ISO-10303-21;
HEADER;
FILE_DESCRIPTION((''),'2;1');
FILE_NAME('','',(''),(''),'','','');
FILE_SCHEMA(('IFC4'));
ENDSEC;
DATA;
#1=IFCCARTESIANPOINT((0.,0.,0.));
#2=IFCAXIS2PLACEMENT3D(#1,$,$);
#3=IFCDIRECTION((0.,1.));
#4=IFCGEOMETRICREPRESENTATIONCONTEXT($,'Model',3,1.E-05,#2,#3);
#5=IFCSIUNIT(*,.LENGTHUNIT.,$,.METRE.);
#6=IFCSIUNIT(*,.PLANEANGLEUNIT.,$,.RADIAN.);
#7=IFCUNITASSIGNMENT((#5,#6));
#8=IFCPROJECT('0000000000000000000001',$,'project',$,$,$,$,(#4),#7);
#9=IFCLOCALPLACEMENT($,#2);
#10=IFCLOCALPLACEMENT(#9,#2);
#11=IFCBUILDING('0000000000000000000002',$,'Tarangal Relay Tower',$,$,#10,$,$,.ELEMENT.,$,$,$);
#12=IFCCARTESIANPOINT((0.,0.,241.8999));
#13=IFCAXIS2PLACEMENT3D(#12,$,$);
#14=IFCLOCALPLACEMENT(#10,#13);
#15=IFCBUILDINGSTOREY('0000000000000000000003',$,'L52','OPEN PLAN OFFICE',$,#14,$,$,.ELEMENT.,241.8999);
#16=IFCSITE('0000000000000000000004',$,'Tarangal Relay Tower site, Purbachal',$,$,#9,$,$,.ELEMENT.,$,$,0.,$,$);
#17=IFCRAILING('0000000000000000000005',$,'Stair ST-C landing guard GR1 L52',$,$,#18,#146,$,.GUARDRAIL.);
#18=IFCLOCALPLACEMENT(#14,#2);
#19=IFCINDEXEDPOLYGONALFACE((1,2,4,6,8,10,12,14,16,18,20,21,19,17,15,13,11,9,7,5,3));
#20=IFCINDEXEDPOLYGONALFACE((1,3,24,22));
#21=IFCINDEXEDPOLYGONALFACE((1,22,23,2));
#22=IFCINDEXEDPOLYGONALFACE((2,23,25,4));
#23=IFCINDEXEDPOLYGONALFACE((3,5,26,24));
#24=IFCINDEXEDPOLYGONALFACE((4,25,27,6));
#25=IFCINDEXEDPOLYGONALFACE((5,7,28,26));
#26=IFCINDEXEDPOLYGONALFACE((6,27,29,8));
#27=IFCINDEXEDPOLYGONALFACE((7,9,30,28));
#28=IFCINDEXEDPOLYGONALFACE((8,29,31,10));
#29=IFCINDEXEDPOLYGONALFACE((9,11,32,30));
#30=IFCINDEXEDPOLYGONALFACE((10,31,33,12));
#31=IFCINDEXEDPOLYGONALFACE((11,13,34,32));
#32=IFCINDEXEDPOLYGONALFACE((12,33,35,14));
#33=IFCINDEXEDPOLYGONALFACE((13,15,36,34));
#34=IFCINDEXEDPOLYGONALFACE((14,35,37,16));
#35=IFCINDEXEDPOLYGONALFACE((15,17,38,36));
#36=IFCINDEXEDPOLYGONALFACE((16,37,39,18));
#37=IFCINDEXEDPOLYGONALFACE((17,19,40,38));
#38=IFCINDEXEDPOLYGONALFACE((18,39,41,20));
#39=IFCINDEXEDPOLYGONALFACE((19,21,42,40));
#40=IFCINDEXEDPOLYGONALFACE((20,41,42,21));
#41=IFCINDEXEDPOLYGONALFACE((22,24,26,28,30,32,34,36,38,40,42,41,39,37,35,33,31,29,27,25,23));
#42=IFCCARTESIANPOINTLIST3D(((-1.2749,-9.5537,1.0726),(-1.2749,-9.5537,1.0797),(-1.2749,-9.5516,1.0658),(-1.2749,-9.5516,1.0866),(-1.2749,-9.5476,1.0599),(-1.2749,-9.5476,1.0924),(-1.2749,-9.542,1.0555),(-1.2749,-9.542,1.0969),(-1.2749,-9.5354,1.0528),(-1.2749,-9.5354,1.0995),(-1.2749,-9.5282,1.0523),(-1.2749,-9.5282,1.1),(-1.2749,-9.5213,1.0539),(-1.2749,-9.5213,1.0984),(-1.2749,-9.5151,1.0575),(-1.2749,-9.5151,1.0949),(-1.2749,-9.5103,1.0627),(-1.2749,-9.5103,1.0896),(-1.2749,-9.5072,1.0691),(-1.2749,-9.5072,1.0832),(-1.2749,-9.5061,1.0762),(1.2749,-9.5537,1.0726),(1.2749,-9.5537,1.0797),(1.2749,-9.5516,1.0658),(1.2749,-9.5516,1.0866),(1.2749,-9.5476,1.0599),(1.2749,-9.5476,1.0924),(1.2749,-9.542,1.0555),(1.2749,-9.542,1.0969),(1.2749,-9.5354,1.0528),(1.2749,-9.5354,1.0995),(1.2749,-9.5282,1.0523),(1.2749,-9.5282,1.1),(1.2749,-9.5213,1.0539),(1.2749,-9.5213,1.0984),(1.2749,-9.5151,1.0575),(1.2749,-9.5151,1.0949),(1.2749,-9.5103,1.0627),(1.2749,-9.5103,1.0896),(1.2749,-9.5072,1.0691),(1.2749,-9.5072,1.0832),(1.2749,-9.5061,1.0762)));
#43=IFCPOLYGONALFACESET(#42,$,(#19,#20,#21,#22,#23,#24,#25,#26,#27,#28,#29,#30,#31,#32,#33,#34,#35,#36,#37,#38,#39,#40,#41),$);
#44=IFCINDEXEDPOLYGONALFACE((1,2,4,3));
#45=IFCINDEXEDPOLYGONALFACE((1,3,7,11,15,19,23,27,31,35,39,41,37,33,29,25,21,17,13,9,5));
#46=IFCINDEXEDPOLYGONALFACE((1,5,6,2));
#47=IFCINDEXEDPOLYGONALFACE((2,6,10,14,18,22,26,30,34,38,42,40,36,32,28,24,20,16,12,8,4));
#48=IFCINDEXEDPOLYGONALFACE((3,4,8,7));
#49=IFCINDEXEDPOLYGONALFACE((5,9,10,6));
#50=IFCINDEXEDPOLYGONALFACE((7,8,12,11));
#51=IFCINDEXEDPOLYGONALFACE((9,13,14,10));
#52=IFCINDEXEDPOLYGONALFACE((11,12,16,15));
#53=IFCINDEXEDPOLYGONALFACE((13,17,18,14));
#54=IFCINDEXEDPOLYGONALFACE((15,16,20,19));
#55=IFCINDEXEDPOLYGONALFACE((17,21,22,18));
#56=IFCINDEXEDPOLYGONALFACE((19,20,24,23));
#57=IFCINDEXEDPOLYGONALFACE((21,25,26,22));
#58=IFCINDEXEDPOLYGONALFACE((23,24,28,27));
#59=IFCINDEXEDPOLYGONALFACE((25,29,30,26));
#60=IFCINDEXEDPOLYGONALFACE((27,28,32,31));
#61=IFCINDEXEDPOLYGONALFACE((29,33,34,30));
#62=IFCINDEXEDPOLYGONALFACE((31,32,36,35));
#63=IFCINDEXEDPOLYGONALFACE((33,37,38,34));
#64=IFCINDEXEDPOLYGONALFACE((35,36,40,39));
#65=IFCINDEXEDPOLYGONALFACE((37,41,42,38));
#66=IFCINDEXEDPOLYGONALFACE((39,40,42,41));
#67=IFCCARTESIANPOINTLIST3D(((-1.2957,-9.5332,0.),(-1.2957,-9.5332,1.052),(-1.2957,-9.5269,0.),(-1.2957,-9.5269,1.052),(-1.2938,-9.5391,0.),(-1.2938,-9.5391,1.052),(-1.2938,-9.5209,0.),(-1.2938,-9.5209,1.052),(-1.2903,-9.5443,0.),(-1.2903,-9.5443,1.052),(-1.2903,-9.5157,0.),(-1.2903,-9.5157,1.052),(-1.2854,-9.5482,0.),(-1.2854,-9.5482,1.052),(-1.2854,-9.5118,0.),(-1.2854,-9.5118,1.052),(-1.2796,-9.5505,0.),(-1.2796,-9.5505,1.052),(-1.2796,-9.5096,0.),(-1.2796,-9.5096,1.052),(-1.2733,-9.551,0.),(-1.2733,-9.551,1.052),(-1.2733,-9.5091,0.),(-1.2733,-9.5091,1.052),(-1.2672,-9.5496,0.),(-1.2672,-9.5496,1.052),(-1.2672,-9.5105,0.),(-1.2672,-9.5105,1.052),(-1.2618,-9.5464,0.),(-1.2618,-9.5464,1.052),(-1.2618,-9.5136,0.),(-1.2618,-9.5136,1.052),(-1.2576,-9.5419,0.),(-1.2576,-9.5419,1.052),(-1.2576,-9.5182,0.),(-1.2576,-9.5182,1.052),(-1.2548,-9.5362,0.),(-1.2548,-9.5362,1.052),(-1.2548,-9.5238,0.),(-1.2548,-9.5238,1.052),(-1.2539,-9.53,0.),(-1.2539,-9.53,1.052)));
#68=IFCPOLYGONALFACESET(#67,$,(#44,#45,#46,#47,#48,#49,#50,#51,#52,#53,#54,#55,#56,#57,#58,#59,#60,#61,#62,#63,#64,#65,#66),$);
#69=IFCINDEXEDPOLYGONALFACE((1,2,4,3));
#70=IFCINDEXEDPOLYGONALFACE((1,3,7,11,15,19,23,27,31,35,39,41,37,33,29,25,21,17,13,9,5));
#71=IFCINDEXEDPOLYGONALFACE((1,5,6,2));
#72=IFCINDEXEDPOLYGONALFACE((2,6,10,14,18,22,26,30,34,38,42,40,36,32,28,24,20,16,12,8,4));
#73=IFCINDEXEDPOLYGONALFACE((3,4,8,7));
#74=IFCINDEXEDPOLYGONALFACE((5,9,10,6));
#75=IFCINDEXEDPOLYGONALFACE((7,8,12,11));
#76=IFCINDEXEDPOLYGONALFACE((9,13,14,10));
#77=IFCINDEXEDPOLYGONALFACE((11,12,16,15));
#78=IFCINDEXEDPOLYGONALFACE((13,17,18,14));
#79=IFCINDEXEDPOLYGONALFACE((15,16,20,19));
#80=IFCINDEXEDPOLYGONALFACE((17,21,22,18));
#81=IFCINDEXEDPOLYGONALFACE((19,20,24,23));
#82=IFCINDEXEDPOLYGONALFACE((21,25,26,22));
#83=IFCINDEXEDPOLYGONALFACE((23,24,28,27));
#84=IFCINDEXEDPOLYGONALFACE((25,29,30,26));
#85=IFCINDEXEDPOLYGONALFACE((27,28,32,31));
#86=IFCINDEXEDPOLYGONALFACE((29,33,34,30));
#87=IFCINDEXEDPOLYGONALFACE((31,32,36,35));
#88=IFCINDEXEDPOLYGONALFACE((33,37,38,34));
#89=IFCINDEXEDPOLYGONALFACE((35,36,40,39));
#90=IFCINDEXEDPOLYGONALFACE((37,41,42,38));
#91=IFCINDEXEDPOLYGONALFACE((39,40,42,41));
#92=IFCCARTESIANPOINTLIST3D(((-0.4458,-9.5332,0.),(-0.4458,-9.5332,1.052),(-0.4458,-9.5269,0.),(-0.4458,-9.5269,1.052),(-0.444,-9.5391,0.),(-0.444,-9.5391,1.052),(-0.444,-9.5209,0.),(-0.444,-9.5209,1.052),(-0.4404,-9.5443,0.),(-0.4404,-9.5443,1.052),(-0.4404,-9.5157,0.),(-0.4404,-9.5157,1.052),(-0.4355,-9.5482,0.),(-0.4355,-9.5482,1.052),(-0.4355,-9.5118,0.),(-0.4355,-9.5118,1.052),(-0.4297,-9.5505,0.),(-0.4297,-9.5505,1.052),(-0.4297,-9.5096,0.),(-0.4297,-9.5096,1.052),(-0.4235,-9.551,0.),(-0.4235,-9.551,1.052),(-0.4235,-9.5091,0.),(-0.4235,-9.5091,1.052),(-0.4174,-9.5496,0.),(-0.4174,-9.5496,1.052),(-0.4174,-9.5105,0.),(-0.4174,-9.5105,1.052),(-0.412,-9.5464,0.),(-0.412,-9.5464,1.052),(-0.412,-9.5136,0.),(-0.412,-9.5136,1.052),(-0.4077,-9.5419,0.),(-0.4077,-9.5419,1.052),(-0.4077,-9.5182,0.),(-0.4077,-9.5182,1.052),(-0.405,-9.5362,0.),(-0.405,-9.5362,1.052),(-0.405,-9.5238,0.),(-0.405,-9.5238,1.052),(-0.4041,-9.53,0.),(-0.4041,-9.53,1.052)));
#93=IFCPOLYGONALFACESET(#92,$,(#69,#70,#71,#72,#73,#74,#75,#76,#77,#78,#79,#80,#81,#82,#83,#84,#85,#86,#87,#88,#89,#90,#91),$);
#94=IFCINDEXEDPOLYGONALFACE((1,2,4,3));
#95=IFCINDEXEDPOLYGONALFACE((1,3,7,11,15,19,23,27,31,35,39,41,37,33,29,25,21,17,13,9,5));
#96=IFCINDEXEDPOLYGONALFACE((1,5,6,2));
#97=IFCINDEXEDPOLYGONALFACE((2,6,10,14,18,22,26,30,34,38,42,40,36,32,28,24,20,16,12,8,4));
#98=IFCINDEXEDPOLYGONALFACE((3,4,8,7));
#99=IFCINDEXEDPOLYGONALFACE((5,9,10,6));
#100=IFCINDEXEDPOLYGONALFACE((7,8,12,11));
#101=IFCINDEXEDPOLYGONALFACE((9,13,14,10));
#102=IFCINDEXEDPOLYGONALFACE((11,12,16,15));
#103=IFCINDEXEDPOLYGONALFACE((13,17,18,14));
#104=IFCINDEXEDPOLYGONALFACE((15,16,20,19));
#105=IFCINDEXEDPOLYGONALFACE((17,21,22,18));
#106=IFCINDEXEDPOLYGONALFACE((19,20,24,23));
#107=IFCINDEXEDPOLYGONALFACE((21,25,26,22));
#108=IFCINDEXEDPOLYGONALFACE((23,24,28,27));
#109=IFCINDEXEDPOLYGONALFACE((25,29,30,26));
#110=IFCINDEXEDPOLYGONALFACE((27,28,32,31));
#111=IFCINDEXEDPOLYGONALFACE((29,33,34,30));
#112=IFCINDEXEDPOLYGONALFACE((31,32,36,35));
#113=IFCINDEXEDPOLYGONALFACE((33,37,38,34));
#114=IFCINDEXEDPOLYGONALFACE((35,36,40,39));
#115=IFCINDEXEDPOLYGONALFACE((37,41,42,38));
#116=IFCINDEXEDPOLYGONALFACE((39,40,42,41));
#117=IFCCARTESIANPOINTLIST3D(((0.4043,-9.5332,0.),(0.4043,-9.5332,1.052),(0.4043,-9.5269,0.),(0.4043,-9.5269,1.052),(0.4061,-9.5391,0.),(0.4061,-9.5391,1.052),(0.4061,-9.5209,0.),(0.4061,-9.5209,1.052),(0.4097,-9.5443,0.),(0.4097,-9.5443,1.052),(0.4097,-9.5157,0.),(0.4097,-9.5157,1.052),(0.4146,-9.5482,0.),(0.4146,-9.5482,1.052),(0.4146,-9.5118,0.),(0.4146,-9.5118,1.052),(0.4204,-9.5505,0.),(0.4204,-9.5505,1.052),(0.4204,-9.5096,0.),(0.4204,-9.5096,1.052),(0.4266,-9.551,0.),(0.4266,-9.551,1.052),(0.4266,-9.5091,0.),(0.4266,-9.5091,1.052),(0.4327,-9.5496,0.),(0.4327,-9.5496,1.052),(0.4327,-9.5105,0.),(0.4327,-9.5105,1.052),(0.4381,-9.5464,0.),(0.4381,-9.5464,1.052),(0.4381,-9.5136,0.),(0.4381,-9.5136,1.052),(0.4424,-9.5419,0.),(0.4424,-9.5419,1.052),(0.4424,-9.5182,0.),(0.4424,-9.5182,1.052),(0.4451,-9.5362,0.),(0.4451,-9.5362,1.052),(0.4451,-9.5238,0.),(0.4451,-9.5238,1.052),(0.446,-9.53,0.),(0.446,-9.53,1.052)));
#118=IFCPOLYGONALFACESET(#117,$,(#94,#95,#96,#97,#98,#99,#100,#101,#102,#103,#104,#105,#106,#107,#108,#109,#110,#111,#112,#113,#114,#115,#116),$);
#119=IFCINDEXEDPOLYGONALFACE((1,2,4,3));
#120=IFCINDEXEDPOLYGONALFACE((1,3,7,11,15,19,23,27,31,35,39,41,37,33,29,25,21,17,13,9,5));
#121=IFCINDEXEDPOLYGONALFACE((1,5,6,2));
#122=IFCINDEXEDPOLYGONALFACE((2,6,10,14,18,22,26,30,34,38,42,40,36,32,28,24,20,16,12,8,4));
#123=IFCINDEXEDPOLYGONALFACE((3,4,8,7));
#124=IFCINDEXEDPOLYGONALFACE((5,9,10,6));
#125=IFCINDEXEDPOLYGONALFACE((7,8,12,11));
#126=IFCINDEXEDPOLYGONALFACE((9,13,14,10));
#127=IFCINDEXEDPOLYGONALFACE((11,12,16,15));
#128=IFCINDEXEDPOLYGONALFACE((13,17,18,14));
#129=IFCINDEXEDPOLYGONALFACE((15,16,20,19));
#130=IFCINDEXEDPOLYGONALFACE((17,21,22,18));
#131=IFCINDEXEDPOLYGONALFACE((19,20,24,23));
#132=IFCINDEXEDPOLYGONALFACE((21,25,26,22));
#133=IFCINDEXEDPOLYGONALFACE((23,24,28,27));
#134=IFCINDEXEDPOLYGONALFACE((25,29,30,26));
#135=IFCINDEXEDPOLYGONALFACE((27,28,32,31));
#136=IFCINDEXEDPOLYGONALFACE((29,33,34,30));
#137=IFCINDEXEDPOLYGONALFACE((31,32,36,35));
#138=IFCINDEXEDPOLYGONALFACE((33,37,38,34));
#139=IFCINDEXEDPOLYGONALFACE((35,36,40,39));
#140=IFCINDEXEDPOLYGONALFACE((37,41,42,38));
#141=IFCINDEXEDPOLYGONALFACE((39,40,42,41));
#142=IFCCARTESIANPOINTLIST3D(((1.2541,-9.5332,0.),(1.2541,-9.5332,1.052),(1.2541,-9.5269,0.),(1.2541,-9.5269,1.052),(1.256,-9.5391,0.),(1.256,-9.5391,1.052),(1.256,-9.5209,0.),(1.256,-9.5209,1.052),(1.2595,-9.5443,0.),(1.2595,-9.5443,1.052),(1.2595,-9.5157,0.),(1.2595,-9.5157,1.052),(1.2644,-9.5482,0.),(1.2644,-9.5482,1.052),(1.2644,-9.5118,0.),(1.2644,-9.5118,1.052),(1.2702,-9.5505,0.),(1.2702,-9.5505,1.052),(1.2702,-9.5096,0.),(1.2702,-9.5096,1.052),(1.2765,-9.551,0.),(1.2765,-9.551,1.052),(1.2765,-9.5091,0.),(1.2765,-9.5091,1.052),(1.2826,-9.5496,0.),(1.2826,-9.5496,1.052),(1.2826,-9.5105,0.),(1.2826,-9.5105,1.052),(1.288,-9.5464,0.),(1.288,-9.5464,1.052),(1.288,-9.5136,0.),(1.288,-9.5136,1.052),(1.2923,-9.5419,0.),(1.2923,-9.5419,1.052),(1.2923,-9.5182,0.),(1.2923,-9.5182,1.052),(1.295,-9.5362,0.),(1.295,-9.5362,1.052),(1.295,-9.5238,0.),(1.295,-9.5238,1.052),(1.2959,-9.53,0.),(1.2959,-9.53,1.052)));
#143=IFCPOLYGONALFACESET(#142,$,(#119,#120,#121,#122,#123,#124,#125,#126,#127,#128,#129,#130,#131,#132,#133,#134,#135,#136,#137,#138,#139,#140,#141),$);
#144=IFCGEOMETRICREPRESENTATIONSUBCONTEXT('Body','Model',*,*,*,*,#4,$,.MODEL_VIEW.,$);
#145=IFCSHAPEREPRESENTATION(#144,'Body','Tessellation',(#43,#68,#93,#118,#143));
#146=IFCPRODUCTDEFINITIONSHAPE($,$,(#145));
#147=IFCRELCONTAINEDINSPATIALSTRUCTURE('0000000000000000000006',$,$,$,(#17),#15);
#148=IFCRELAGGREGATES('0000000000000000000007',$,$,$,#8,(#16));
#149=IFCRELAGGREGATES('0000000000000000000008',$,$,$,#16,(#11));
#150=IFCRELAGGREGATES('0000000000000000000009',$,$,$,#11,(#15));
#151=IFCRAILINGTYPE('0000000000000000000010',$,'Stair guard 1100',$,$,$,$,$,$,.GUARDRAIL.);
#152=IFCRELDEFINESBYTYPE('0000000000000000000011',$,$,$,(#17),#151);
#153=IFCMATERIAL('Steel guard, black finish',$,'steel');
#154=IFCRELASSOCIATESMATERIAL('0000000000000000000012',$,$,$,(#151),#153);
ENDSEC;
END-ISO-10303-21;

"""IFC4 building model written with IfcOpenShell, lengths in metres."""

from ifc_helpers import new_model, si_unit, direction, frame, origin, origin_2d, place, context, subcontext, project, spatial, circle, extrude, material, type_object, element, save


model = new_model("IFC4")

# Units and contexts
model_context = context("Model", 3, precision=1e-05, world=origin(), true_north=direction((0.0, 1.0)))
body_context = subcontext(model_context, "Body", "Model", "MODEL_VIEW")
ifc_project = project(units=[si_unit("LENGTHUNIT", "METRE"), si_unit("PLANEANGLEUNIT", "RADIAN")], contexts=[model_context])

# Site, building, storey
site_placement = place(None, origin())
site = spatial("IfcSite", under=ifc_project, at=site_placement, Name="Tarangal Relay Tower site, Purbachal", CompositionType="ELEMENT", RefElevation=0.0)
building_placement = place(site_placement, origin())
building = spatial("IfcBuilding", under=site, at=building_placement, Name="Tarangal Relay Tower", CompositionType="ELEMENT")
storey_placement = place(building_placement, frame((0.0, 0.0, 241.8999)))
storey = spatial("IfcBuildingStorey", under=building, at=storey_placement, Name="L52", Description="OPEN PLAN OFFICE", CompositionType="ELEMENT", Elevation=241.8999)

# Railing
ifc_material_1 = material(Name="Steel guard, black finish", Category="steel")
railing_type_1 = type_object("IfcRailingType", Name="Stair guard 1100", PredefinedType="GUARDRAIL", material=ifc_material_1)
railing_1_placement = place(storey_placement, frame((-1.2749, -9.53, 0.0)))
element("IfcRailing", 1, at=railing_1_placement, inside=storey, type_object=railing_type_1, Name="Stair ST-C landing guard GR1 L52", PredefinedType="GUARDRAIL", context=body_context, shape_type="SweptSolid", body=[
    extrude(circle(Radius=0.0239, at=origin_2d()), frame((0.0, 0.0, 1.0762), z_axis=(1.0, 0.0, 0.0), x_axis=(0.0, 1.0, 0.0)), (0.0, 0.0, 1.0), 2.5498),
    extrude(circle(Radius=0.021, at=origin_2d()), origin(), (0.0, 0.0, 1.0), 1.052),
    extrude(circle(Radius=0.021, at=origin_2d()), frame((0.8499, 0.0, 0.0)), (0.0, 0.0, 1.0), 1.052),
    extrude(circle(Radius=0.021, at=origin_2d()), frame((1.7, 0.0, 0.0)), (0.0, 0.0, 1.0), 1.052),
    extrude(circle(Radius=0.021, at=origin_2d()), frame((2.5498, 0.0, 0.0)), (0.0, 0.0, 1.0), 1.052),
])

save(model, "model.ifc")
